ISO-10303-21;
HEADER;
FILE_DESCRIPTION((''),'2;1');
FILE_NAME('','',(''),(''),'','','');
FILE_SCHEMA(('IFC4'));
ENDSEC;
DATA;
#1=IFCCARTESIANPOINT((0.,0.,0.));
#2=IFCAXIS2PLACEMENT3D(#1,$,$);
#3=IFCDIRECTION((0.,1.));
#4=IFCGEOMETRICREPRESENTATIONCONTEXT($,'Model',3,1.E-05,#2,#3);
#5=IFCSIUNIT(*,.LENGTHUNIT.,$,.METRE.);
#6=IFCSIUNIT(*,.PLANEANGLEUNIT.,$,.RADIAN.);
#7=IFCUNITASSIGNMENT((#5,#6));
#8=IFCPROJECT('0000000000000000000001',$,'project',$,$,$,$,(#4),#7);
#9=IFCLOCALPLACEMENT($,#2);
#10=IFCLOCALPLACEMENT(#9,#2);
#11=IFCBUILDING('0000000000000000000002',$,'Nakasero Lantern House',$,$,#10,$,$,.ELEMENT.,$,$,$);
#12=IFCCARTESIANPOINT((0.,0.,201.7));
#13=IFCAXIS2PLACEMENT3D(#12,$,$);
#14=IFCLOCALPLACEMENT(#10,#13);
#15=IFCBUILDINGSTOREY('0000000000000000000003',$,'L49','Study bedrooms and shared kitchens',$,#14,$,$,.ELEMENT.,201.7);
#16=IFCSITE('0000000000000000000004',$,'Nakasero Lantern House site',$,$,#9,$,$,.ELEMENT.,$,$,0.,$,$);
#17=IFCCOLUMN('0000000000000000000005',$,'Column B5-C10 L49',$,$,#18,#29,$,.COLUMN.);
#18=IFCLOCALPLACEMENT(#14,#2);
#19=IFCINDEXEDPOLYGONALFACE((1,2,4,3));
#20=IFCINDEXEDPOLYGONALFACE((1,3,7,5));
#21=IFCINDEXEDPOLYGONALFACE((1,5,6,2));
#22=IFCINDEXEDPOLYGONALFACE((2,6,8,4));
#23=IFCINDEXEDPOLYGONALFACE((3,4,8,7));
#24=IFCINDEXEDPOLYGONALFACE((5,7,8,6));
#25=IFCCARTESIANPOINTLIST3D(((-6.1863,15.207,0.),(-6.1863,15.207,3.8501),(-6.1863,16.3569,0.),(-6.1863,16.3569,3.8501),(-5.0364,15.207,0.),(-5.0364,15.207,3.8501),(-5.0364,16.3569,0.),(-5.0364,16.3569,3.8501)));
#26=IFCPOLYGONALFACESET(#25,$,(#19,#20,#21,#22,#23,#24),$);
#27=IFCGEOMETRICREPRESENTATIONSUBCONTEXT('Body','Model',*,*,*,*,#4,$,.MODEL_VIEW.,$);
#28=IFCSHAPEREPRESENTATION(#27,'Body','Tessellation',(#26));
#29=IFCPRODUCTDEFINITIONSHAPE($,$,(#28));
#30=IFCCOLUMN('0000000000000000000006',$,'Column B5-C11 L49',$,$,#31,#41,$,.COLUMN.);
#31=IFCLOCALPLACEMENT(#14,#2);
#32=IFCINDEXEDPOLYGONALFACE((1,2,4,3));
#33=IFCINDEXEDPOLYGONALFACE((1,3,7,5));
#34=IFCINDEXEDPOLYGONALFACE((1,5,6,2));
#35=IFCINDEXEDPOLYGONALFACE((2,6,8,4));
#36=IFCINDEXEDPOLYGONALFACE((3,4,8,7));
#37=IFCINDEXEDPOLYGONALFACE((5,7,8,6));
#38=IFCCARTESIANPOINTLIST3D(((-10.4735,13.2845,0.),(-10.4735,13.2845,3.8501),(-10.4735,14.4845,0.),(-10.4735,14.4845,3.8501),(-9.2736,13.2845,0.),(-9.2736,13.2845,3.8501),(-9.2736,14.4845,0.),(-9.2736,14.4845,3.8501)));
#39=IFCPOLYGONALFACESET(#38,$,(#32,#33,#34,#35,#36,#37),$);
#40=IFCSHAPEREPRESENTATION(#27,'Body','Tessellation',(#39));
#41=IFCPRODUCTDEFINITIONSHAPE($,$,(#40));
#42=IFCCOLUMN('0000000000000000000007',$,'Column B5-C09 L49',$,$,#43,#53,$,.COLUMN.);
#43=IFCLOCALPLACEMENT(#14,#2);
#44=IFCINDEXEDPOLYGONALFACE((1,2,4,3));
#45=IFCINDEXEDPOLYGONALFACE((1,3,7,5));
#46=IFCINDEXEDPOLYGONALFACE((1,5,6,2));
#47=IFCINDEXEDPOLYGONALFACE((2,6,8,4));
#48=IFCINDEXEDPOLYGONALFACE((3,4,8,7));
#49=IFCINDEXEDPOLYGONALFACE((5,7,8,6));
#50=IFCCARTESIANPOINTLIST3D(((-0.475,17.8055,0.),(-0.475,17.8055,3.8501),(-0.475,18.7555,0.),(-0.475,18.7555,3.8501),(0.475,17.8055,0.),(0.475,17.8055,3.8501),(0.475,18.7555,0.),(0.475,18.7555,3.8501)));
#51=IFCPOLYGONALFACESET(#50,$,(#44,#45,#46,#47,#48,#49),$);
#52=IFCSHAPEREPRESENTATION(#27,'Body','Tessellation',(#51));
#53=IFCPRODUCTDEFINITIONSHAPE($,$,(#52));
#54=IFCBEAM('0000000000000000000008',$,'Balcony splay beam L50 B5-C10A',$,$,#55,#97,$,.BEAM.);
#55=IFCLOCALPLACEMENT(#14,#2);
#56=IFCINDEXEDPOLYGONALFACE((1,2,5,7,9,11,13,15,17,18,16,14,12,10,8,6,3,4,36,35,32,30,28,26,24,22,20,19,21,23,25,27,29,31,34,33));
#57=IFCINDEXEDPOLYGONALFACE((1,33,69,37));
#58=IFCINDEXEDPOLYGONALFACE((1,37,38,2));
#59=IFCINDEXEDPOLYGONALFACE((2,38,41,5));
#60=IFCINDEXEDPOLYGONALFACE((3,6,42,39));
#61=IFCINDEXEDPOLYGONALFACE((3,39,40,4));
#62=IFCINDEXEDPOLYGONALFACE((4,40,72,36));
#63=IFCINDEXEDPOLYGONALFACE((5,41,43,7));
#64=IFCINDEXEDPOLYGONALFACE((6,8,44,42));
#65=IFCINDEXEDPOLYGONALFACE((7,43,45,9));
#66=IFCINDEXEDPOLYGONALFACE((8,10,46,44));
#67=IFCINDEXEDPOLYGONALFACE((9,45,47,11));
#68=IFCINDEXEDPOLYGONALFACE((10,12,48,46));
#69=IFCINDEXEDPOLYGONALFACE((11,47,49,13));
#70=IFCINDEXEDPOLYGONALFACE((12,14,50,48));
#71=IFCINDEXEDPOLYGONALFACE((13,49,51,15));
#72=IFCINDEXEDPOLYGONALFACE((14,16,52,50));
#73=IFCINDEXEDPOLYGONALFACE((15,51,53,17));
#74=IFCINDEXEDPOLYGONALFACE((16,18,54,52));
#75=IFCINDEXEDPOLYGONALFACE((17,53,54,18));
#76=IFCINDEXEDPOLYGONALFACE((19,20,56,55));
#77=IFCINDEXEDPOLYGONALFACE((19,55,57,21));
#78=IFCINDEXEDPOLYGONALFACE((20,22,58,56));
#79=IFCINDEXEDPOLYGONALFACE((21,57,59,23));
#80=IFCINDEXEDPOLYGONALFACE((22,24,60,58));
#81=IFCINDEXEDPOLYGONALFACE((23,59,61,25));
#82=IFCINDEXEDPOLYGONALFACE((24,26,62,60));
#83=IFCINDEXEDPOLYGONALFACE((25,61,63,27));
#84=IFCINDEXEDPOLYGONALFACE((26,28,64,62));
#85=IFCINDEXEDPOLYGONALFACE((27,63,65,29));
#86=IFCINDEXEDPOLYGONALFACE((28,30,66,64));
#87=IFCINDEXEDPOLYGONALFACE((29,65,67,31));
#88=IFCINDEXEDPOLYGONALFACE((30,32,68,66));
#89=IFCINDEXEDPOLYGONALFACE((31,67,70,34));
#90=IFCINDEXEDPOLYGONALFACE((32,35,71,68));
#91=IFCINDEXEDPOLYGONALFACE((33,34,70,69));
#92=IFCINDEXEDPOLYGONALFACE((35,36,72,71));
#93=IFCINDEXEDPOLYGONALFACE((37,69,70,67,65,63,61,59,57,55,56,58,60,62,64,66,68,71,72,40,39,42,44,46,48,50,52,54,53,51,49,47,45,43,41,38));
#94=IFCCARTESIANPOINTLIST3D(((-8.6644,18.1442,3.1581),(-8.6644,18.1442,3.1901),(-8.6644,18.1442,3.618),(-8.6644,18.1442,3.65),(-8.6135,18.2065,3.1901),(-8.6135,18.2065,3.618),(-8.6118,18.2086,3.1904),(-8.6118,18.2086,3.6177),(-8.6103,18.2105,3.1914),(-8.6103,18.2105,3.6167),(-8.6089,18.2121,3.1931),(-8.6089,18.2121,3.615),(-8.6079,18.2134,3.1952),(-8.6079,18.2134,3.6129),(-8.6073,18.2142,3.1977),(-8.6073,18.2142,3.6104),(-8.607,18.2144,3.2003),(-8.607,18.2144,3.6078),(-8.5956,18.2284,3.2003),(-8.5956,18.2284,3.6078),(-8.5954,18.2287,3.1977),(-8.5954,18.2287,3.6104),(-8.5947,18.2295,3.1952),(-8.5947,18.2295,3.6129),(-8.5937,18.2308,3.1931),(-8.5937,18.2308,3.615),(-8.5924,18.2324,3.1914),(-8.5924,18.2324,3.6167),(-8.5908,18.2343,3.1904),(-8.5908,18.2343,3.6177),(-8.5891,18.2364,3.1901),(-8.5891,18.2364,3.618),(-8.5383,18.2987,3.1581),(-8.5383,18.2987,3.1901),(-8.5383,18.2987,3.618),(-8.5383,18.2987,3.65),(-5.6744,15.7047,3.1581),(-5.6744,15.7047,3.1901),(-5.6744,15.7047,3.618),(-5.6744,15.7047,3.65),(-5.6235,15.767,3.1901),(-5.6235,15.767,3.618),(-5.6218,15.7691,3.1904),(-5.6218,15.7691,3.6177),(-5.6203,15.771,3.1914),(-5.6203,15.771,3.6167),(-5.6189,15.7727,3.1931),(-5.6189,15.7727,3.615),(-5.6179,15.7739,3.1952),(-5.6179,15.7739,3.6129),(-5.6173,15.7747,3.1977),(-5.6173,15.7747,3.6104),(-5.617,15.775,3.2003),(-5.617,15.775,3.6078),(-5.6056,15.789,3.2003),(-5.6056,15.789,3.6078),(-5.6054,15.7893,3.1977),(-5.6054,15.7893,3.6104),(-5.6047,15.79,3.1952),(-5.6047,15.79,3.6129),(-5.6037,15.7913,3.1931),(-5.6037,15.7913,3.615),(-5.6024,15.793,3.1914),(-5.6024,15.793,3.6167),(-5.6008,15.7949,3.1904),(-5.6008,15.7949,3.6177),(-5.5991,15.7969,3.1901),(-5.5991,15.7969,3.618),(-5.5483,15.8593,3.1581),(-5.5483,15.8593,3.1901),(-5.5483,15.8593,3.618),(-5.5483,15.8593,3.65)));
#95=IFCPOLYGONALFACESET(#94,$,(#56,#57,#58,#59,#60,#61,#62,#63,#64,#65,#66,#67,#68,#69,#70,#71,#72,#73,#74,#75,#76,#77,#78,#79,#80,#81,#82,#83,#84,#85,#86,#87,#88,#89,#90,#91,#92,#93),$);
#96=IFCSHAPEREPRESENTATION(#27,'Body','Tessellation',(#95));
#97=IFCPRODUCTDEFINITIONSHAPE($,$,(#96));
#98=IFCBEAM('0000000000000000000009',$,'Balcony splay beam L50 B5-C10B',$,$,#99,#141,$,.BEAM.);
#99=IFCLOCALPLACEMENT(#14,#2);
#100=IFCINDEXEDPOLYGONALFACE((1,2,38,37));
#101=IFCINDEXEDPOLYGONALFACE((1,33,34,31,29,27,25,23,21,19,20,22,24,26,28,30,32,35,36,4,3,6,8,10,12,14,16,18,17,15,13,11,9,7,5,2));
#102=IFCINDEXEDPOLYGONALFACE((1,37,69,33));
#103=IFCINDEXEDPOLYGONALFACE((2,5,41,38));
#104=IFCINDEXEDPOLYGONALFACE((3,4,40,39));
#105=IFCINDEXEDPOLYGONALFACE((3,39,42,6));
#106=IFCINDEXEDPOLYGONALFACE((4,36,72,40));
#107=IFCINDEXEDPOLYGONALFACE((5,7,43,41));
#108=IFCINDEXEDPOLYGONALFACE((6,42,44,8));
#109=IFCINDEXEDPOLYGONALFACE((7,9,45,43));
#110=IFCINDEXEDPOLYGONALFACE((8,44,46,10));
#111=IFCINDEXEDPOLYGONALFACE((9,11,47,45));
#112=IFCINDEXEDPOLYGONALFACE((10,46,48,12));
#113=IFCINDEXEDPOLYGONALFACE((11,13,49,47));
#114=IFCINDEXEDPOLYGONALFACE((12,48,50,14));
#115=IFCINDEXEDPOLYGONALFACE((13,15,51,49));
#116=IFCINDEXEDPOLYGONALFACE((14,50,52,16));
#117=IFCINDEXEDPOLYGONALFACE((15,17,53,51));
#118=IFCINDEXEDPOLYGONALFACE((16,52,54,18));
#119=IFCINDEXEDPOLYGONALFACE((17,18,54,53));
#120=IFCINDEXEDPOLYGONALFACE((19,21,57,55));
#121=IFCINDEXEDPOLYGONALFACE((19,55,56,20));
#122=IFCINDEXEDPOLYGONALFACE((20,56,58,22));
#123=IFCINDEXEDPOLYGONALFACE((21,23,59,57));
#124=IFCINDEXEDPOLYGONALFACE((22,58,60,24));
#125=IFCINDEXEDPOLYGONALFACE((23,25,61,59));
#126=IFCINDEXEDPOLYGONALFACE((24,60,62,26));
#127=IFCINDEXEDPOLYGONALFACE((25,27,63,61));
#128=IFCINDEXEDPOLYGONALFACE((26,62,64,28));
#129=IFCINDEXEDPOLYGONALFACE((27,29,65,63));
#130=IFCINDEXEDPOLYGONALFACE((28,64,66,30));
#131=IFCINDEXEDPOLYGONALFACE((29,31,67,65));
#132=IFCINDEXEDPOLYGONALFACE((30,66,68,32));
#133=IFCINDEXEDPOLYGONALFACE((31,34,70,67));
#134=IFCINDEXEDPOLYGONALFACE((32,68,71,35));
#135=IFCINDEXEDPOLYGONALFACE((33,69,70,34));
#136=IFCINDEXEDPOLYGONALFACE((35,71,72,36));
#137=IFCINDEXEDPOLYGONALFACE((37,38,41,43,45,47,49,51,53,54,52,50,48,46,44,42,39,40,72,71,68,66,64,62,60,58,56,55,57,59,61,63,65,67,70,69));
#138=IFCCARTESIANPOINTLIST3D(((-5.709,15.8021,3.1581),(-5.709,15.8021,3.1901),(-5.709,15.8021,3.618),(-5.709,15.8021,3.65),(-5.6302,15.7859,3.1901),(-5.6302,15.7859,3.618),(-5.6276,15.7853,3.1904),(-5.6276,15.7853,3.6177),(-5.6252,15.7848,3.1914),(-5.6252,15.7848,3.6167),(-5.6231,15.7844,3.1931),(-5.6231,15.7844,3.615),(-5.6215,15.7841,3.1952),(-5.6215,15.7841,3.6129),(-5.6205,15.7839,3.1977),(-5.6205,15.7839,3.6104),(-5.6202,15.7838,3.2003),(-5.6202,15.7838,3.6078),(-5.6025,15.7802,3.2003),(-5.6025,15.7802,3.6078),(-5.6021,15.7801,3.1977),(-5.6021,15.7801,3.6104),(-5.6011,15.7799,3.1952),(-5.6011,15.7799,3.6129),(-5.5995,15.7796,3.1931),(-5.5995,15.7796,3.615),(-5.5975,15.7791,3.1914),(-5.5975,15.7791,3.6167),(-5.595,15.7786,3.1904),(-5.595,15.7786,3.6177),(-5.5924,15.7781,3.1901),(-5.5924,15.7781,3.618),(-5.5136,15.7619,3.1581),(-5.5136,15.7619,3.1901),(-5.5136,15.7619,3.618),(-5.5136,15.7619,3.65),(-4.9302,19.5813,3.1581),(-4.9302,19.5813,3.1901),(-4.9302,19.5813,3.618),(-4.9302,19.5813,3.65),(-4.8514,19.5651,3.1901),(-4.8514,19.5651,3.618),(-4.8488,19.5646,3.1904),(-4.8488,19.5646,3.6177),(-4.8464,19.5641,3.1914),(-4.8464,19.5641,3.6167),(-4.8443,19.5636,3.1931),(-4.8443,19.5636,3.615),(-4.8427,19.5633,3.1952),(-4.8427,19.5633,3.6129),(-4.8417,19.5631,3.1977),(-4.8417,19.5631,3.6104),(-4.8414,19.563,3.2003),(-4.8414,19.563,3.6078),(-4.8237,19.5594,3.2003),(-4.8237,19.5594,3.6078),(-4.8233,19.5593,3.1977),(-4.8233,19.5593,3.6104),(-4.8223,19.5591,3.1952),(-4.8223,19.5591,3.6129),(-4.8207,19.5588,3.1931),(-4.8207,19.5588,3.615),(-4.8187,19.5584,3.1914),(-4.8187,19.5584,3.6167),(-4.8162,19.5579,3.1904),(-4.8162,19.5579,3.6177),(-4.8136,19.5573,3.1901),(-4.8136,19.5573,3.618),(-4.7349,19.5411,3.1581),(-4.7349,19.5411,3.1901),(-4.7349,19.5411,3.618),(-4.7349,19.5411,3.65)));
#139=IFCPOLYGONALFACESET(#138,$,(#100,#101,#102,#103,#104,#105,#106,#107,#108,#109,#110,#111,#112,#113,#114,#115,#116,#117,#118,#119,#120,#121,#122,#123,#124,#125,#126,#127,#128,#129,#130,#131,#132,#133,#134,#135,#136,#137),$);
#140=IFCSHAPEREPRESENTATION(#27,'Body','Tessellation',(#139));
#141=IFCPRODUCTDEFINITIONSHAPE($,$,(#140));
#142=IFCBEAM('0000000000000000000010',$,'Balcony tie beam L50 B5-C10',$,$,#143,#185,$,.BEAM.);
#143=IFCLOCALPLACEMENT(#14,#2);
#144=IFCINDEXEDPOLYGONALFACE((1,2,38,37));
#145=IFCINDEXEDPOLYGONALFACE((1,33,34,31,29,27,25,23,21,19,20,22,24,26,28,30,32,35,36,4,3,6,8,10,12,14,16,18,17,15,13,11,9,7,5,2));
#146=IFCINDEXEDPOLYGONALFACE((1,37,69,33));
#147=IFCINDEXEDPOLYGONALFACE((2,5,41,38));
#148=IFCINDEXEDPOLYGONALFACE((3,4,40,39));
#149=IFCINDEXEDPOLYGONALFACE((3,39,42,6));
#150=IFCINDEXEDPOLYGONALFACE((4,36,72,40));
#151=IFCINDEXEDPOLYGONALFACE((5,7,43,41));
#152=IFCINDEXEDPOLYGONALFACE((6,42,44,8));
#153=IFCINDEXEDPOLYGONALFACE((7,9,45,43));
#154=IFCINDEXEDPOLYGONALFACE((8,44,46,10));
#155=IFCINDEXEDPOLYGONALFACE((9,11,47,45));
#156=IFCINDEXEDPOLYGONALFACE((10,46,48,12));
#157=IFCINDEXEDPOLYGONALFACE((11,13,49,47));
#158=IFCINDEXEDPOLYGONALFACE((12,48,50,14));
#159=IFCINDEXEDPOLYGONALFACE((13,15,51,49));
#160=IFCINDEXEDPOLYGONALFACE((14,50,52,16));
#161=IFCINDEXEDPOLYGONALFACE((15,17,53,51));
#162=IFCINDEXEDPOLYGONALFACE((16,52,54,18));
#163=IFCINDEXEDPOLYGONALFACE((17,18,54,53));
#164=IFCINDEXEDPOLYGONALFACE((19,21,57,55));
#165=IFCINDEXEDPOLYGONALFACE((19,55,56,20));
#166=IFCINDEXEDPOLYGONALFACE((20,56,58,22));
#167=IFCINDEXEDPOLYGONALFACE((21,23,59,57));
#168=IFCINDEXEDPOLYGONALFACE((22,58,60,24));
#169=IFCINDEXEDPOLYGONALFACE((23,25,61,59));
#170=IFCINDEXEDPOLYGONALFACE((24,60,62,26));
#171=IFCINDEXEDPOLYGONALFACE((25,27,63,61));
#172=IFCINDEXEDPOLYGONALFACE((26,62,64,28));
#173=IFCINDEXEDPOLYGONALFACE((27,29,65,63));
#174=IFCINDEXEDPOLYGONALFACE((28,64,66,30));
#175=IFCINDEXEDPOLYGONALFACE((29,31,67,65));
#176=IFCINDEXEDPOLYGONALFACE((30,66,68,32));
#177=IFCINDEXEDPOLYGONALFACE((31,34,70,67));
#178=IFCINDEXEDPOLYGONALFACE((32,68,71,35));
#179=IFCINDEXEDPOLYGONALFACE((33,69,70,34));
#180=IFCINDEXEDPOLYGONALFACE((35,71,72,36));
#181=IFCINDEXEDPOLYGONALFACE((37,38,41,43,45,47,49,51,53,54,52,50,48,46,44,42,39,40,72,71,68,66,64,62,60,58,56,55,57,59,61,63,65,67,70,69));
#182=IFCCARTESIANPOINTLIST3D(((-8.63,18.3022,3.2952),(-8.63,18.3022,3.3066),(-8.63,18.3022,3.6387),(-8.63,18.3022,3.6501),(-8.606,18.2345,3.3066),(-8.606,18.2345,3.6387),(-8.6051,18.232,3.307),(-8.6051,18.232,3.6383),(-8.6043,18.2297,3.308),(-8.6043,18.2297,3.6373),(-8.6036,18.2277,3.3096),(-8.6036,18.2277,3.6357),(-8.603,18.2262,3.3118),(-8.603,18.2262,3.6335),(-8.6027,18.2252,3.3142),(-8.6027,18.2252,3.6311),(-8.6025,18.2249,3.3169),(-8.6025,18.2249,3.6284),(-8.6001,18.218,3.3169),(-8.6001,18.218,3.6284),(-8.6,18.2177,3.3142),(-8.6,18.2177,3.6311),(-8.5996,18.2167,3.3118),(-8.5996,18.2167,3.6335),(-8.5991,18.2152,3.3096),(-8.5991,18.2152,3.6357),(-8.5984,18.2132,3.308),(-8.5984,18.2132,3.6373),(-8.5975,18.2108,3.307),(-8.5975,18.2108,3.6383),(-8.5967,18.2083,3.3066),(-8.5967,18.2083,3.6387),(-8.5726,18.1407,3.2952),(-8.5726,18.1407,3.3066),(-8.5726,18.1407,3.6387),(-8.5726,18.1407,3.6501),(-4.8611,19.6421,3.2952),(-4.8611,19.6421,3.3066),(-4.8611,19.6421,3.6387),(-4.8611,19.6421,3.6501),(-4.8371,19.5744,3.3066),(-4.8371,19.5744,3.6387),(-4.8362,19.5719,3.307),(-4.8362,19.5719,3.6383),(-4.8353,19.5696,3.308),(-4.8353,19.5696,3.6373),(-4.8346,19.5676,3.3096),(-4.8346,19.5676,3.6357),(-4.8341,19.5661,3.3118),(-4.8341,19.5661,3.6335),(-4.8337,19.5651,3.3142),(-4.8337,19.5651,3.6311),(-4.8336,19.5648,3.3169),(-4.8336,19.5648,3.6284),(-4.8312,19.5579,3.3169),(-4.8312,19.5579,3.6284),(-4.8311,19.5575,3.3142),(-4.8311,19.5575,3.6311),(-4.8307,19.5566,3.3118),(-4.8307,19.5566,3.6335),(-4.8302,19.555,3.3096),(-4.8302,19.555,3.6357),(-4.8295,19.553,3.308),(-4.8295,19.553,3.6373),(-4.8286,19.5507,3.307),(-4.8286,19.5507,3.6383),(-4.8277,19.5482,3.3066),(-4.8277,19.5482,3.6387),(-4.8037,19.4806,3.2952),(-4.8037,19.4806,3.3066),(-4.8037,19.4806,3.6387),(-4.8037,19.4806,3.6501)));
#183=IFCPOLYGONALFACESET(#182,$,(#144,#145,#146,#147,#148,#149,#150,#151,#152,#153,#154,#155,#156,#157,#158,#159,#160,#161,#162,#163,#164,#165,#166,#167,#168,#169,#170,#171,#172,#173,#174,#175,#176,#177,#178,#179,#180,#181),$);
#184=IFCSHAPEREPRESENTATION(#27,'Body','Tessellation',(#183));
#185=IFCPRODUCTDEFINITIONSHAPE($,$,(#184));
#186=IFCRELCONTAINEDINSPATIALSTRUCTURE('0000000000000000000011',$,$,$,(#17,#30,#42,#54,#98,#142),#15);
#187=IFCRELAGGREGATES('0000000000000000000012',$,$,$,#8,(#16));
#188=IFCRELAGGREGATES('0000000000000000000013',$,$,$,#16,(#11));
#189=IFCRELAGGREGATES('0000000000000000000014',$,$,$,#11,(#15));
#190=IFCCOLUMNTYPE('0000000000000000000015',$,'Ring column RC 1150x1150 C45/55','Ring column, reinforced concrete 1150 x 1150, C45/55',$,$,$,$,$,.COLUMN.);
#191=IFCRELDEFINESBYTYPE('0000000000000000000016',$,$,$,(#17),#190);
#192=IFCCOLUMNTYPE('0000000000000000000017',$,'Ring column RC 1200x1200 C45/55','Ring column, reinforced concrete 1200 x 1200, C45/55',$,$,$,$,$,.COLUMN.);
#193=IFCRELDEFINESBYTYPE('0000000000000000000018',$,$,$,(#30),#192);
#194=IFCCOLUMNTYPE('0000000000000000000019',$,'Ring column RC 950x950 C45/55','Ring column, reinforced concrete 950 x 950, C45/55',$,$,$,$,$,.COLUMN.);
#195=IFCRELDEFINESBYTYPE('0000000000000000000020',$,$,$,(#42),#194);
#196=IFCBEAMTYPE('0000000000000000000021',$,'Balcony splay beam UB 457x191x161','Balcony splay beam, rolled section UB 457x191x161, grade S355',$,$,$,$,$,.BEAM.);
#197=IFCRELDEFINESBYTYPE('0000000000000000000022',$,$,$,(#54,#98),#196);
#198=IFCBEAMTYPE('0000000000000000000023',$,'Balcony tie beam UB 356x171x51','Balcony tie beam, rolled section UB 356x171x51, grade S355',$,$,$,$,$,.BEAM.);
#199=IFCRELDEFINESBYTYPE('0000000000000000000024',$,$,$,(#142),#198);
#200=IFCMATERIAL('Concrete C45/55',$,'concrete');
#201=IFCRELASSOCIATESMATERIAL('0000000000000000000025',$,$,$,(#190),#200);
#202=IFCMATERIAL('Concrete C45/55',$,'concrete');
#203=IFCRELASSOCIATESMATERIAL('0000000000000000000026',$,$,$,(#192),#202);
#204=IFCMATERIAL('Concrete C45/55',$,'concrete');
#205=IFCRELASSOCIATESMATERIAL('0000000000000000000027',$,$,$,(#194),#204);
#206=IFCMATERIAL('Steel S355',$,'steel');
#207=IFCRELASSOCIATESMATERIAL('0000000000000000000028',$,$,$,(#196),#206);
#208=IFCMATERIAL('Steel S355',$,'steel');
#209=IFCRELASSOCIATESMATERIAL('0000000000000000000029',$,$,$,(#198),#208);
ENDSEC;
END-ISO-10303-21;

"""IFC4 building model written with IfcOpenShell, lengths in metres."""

from ifc_helpers import new_model, si_unit, direction, frame, origin, origin_2d, place, context, subcontext, project, spatial, rectangle, i_section, extrude, material, material_profile, profile_set, type_object, element, save


model = new_model("IFC4")

# Units and contexts
model_context = context("Model", 3, precision=1e-05, world=origin(), true_north=direction((0.0, 1.0)))
body_context = subcontext(model_context, "Body", "Model", "MODEL_VIEW")
ifc_project = project(units=[si_unit("LENGTHUNIT", "METRE"), si_unit("PLANEANGLEUNIT", "RADIAN")], contexts=[model_context])

# Site, building, storey
site_placement = place(None, origin())
site = spatial("IfcSite", under=ifc_project, at=site_placement, Name="Nakasero Lantern House site", CompositionType="ELEMENT", RefElevation=0.0)
building_placement = place(site_placement, origin())
building = spatial("IfcBuilding", under=site, at=building_placement, Name="Nakasero Lantern House", CompositionType="ELEMENT")
storey_placement = place(building_placement, frame((0.0, 0.0, 201.7)))
storey = spatial("IfcBuildingStorey", under=building, at=storey_placement, Name="L49", Description="Study bedrooms and shared kitchens", CompositionType="ELEMENT", Elevation=201.7)

# Columns
ifc_material_1 = material(Name="Concrete C45/55", Category="concrete")
ifc_material_profile_1 = material_profile(ifc_material_1, rectangle(XDim=1.1499, YDim=1.1499, at=origin_2d()), Name="RC 1150x1150")
ifc_profile_set_1 = profile_set([ifc_material_profile_1], Name="Concrete C45/55")
column_type_1 = type_object("IfcColumnType", Name="Ring column RC 1150x1150 C45/55", Description="Ring column, reinforced concrete 1150 x 1150, C45/55", PredefinedType="COLUMN", material=ifc_profile_set_1)
column_1_placement = place(storey_placement, frame((-5.6113, 15.782, 0.0), z_axis=(0.0, 0.0, 1.0), x_axis=(1.0, 0.0, 0.0)))
element("IfcColumn", 1, at=column_1_placement, inside=storey, type_object=column_type_1, Name="Column B5-C10 L49", PredefinedType="COLUMN", context=body_context, shape_type="SweptSolid", body=[
    extrude(rectangle(XDim=1.1499, YDim=1.1499, at=origin_2d()), origin(), (0.0, 0.0, 1.0), 3.8501),
])
ifc_material_2 = material(Name="Concrete C45/55", Category="concrete")
ifc_material_profile_2 = material_profile(ifc_material_2, rectangle(XDim=1.2, YDim=1.2, at=origin_2d()), Name="RC 1200x1200")
ifc_profile_set_2 = profile_set([ifc_material_profile_2], Name="Concrete C45/55")
column_type_2 = type_object("IfcColumnType", Name="Ring column RC 1200x1200 C45/55", Description="Ring column, reinforced concrete 1200 x 1200, C45/55", PredefinedType="COLUMN", material=ifc_profile_set_2)
column_2_placement = place(storey_placement, frame((-9.8735, 13.8845, 0.0), z_axis=(0.0, 0.0, 1.0), x_axis=(1.0, 0.0, 0.0)))
element("IfcColumn", 2, at=column_2_placement, inside=storey, type_object=column_type_2, Name="Column B5-C11 L49", PredefinedType="COLUMN", context=body_context, shape_type="SweptSolid", body=[
    extrude(rectangle(XDim=1.2, YDim=1.2, at=origin_2d()), origin(), (0.0, 0.0, 1.0), 3.8501),
])
ifc_material_3 = material(Name="Concrete C45/55", Category="concrete")
ifc_material_profile_3 = material_profile(ifc_material_3, rectangle(XDim=0.95, YDim=0.95, at=origin_2d()), Name="RC 950x950")
ifc_profile_set_3 = profile_set([ifc_material_profile_3], Name="Concrete C45/55")
column_type_3 = type_object("IfcColumnType", Name="Ring column RC 950x950 C45/55", Description="Ring column, reinforced concrete 950 x 950, C45/55", PredefinedType="COLUMN", material=ifc_profile_set_3)
column_3_placement = place(storey_placement, frame((0.0, 18.2805, 0.0), z_axis=(0.0, 0.0, 1.0), x_axis=(1.0, 0.0, 0.0)))
element("IfcColumn", 3, at=column_3_placement, inside=storey, type_object=column_type_3, Name="Column B5-C09 L49", PredefinedType="COLUMN", context=body_context, shape_type="SweptSolid", body=[
    extrude(rectangle(XDim=0.95, YDim=0.95, at=origin_2d()), origin(), (0.0, 0.0, 1.0), 3.8501),
])

# Beams
ifc_material_4 = material(Name="Steel S355", Category="steel")
ifc_material_profile_4 = material_profile(ifc_material_4, i_section(OverallWidth=0.1995, OverallDepth=0.4919, WebThickness=0.0181, FlangeThickness=0.032, FilletRadius=0.0103, at=origin_2d()), Name="UB 457x191x161")
ifc_profile_set_4 = profile_set([ifc_material_profile_4], Name="Steel S355")
beam_type_1 = type_object("IfcBeamType", Name="Balcony splay beam UB 457x191x161", Description="Balcony splay beam, rolled section UB 457x191x161, grade S355", PredefinedType="BEAM", material=ifc_profile_set_4)
beam_1_placement = place(storey_placement, frame((-5.6113, 15.782, 3.4041), z_axis=(-0.774833, 0.632166, 0.0), x_axis=(-0.632166, -0.774833, 0.0)))
element("IfcBeam", 4, at=beam_1_placement, inside=storey, type_object=beam_type_1, Name="Balcony splay beam L50 B5-C10A", PredefinedType="BEAM", context=body_context, shape_type="SweptSolid", body=[
    extrude(i_section(OverallWidth=0.1995, OverallDepth=0.4919, WebThickness=0.0181, FlangeThickness=0.032, FilletRadius=0.0103, at=origin_2d()), origin(), (0.0, 0.0, 1.0), 3.8589),
])
beam_2_placement = place(storey_placement, frame((-5.6113, 15.782, 3.4041), z_axis=(0.201831, 0.97942, 0.0), x_axis=(-0.97942, 0.201831, 0.0)))
element("IfcBeam", 5, at=beam_2_placement, inside=storey, type_object=beam_type_1, Name="Balcony splay beam L50 B5-C10B", PredefinedType="BEAM", context=body_context, shape_type="SweptSolid", body=[
    extrude(i_section(OverallWidth=0.1995, OverallDepth=0.4919, WebThickness=0.0181, FlangeThickness=0.032, FilletRadius=0.0103, at=origin_2d()), origin(), (0.0, 0.0, 1.0), 3.8586),
])
ifc_material_5 = material(Name="Steel S355", Category="steel")
ifc_material_profile_5 = material_profile(ifc_material_5, i_section(OverallWidth=0.1714, OverallDepth=0.355, WebThickness=0.0073, FlangeThickness=0.0115, FilletRadius=0.0103, at=origin_2d()), Name="UB 356x171x51")
ifc_profile_set_5 = profile_set([ifc_material_profile_5], Name="Steel S355")
beam_type_2 = type_object("IfcBeamType", Name="Balcony tie beam UB 356x171x51", Description="Balcony tie beam, rolled section UB 356x171x51, grade S355", PredefinedType="BEAM", material=ifc_profile_set_5)
beam_3_placement = place(storey_placement, frame((-8.6013, 18.2214, 3.4727), z_axis=(0.942228, 0.334971, 0.0), x_axis=(-0.334971, 0.942228, 0.0)))
element("IfcBeam", 6, at=beam_3_placement, inside=storey, type_object=beam_type_2, Name="Balcony tie beam L50 B5-C10", PredefinedType="BEAM", context=body_context, shape_type="SweptSolid", body=[
    extrude(i_section(OverallWidth=0.1714, OverallDepth=0.355, WebThickness=0.0073, FlangeThickness=0.0115, FilletRadius=0.0103, at=origin_2d()), origin(), (0.0, 0.0, 1.0), 4.0),
])

save(model, "model.ifc")
